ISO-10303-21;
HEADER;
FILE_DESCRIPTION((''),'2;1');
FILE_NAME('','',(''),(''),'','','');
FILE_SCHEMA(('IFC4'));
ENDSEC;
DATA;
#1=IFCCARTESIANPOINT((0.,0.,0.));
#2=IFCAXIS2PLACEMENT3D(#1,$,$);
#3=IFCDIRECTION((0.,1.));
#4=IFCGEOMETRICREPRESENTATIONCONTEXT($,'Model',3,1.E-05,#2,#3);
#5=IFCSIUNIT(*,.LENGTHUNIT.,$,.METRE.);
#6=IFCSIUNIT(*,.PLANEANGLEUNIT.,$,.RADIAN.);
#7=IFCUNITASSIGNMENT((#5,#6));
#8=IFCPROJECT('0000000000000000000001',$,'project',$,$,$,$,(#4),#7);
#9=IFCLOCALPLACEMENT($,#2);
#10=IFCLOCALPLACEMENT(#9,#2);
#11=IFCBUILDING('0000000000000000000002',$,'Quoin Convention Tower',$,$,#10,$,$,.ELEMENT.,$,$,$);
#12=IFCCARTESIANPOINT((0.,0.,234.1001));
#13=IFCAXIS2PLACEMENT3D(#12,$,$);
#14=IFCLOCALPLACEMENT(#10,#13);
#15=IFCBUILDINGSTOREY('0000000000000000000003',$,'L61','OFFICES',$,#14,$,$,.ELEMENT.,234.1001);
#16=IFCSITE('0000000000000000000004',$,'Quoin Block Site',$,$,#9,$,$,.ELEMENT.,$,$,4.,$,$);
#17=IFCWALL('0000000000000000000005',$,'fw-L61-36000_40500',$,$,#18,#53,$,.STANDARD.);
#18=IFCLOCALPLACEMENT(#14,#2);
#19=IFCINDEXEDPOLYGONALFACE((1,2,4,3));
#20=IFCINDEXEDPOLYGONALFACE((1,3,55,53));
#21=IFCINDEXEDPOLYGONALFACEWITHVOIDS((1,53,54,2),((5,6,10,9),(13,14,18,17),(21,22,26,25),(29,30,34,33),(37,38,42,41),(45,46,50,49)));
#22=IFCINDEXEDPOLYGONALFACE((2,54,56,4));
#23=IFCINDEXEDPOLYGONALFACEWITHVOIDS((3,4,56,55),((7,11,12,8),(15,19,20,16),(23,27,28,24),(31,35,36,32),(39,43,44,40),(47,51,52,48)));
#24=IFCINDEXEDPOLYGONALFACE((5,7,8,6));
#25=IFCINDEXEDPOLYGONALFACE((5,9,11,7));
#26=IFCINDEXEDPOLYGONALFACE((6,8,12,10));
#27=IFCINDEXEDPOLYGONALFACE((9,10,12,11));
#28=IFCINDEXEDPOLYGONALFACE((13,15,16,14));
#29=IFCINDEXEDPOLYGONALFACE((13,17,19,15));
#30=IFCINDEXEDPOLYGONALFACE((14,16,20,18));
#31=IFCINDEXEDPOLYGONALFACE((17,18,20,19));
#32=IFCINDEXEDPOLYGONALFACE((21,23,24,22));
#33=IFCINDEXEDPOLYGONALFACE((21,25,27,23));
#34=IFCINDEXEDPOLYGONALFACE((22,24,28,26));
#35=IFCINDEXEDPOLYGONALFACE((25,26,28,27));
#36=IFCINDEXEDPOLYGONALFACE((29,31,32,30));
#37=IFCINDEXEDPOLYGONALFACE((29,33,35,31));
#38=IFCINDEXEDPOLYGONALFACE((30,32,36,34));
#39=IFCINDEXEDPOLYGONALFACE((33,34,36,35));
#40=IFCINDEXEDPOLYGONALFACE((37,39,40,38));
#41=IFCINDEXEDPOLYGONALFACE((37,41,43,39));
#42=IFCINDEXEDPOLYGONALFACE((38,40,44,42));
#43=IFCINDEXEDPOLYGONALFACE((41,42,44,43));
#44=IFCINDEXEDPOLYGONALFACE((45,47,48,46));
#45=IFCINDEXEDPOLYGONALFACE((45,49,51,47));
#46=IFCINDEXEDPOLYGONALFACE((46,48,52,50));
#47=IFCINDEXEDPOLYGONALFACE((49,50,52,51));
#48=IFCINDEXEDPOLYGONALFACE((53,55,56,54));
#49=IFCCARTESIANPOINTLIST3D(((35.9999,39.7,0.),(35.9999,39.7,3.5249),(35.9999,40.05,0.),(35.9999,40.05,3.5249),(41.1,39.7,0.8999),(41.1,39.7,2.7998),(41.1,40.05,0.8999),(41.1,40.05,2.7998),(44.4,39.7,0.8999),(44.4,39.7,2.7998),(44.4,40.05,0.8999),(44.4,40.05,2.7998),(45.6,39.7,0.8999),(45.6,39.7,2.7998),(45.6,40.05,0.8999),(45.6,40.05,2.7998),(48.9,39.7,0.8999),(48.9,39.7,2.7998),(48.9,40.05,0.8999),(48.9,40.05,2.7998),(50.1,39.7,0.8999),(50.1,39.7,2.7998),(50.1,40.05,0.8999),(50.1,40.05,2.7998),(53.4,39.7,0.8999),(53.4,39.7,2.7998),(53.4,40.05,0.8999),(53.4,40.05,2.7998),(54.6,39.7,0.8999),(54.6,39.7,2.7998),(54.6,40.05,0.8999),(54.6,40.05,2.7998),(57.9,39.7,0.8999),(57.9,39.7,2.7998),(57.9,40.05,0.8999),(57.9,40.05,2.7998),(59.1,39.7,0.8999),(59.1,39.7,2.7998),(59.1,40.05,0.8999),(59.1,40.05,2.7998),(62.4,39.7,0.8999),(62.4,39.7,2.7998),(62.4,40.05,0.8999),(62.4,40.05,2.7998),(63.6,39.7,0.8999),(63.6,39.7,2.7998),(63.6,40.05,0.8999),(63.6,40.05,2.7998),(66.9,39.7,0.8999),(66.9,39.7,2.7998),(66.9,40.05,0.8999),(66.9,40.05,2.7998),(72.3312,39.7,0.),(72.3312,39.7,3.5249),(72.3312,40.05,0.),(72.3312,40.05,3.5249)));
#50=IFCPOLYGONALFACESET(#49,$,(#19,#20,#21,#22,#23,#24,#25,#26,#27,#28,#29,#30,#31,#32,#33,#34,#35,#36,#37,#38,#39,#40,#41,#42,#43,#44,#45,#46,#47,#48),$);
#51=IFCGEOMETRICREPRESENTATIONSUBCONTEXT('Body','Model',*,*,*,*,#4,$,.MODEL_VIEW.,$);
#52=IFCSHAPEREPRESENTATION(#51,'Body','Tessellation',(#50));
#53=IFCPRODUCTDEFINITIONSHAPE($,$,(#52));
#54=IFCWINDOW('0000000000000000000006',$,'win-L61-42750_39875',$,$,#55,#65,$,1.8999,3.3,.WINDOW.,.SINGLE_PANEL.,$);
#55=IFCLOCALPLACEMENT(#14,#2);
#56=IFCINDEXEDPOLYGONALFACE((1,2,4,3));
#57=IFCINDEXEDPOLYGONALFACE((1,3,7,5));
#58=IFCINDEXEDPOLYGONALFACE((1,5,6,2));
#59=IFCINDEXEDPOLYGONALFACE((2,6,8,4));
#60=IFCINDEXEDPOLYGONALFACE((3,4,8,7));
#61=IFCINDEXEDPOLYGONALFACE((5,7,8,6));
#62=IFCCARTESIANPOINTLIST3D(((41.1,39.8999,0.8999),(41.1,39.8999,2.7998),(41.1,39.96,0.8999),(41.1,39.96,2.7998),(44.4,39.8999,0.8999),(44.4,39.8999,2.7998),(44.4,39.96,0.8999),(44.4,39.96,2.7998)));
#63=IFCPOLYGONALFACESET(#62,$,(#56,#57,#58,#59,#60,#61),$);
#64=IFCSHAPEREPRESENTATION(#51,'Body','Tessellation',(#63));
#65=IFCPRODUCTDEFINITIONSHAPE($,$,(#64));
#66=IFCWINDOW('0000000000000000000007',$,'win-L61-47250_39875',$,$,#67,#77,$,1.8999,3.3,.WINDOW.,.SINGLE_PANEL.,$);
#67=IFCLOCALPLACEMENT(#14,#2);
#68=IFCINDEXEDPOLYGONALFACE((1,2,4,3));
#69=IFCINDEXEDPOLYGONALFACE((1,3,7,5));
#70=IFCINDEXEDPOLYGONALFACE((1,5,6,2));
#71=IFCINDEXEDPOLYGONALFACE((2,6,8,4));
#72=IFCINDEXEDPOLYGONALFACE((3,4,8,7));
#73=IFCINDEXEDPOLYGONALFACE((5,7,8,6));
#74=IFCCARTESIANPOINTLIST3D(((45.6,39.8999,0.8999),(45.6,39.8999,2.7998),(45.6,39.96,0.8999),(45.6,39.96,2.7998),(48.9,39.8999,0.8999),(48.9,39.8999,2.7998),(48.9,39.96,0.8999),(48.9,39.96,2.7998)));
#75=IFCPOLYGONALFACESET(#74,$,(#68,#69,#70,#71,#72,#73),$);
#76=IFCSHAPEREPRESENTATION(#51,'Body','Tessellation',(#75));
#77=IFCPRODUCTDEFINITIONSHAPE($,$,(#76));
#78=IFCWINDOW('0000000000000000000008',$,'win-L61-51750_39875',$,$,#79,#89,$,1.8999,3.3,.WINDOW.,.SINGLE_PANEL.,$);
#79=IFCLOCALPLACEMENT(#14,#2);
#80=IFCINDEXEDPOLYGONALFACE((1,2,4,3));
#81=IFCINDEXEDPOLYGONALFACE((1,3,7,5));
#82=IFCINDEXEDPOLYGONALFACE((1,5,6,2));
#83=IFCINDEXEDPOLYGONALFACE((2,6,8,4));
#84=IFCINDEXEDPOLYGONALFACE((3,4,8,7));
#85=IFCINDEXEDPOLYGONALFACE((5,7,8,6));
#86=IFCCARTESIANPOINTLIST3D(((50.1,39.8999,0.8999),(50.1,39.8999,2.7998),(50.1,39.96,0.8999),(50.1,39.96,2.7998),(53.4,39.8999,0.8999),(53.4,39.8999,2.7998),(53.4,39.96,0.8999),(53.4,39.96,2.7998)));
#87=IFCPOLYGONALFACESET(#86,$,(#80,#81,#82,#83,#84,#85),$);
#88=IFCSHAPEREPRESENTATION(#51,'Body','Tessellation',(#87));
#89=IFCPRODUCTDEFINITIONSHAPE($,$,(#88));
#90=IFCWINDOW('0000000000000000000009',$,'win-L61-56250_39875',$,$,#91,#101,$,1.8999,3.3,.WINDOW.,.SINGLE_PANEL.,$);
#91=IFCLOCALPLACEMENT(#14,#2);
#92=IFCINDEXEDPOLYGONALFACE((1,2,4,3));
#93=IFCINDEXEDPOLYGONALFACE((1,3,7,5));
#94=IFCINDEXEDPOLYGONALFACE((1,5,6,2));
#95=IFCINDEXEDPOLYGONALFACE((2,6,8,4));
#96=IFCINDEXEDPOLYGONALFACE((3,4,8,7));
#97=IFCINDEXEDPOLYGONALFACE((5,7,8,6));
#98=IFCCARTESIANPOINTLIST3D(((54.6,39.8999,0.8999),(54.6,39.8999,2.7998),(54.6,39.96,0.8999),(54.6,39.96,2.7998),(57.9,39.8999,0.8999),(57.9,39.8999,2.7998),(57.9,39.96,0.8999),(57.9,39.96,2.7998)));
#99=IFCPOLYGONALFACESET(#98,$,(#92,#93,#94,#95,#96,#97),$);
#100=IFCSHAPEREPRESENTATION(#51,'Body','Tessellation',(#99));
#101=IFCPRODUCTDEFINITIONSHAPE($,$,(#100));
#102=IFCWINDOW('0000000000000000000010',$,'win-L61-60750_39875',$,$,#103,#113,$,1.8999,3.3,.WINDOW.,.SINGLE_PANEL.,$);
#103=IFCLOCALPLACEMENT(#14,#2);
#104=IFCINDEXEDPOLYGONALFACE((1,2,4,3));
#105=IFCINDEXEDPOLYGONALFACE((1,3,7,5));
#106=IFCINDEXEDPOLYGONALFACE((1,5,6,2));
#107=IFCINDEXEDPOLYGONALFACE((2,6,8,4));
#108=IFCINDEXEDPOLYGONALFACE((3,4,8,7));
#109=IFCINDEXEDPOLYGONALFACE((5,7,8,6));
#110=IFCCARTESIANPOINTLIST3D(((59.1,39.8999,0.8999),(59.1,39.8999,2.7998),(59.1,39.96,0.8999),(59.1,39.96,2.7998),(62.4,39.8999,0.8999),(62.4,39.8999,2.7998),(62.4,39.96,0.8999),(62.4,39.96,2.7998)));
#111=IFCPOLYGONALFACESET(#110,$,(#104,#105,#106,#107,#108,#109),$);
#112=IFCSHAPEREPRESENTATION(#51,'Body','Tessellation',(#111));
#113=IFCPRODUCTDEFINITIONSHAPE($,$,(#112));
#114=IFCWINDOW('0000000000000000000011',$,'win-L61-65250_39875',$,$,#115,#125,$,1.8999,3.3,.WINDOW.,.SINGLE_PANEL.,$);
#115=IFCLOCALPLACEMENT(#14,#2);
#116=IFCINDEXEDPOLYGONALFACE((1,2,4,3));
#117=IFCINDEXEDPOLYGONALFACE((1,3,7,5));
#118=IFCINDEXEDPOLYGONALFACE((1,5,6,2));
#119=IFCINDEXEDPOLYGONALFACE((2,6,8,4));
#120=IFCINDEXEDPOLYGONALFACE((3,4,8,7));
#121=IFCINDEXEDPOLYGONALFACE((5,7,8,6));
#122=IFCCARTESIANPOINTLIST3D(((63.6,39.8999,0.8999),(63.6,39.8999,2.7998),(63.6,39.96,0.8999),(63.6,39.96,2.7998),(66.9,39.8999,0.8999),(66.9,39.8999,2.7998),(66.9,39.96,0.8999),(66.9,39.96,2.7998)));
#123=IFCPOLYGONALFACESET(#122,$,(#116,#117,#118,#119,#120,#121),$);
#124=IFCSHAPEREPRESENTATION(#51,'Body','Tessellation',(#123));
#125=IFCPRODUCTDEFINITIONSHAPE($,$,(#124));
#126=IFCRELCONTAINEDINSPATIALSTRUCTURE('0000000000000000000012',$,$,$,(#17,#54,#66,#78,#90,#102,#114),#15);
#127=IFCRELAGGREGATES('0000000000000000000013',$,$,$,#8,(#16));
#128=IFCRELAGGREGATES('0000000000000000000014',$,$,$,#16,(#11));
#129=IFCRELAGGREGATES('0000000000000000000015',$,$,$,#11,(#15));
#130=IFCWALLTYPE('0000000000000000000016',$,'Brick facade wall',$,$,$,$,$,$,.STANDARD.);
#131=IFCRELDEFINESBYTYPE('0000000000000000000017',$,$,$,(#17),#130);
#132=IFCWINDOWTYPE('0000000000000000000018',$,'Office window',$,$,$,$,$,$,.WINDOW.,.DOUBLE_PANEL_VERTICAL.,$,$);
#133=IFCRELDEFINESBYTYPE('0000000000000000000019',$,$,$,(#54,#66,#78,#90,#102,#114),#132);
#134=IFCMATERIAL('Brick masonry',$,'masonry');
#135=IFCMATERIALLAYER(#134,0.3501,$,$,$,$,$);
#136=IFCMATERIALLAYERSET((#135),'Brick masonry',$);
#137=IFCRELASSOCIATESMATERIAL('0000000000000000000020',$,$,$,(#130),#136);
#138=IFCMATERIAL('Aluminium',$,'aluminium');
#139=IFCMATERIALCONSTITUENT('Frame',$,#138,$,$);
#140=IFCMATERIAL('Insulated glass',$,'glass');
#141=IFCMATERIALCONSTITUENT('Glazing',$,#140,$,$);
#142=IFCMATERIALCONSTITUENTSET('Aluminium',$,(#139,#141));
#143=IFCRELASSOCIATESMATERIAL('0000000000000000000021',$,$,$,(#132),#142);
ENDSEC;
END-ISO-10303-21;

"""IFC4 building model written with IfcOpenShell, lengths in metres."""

from ifc_helpers import new_model, si_unit, direction, frame, frame_2d, origin, place, context, subcontext, project, spatial, rectangle, extrude, material, layer, layer_set, constituent, constituent_set, type_object, element, fill, save


model = new_model("IFC4")

# Units and contexts
model_context = context("Model", 3, precision=1e-05, world=origin(), true_north=direction((0.0, 1.0)))
body_context = subcontext(model_context, "Body", "Model", "MODEL_VIEW")
ifc_project = project(units=[si_unit("LENGTHUNIT", "METRE"), si_unit("PLANEANGLEUNIT", "RADIAN")], contexts=[model_context])

# Site, building, storey
site_placement = place(None, origin())
site = spatial("IfcSite", under=ifc_project, at=site_placement, Name="Quoin Block Site", CompositionType="ELEMENT", RefElevation=4.0)
building_placement = place(site_placement, origin())
building = spatial("IfcBuilding", under=site, at=building_placement, Name="Quoin Convention Tower", CompositionType="ELEMENT")
storey_placement = place(building_placement, frame((0.0, 0.0, 234.1001)))
storey = spatial("IfcBuildingStorey", under=building, at=storey_placement, Name="L61", Description="OFFICES", CompositionType="ELEMENT", Elevation=234.1001)

# Wall, openings, windows
ifc_material_1 = material(Name="Brick masonry", Category="masonry")
ifc_layer_1 = layer(ifc_material_1, 0.3501)
ifc_layer_set_1 = layer_set([ifc_layer_1], Name="Brick masonry")
wall_type = type_object("IfcWallType", Name="Brick facade wall", PredefinedType="STANDARD", material=ifc_layer_set_1)
wall_1_placement = place(storey_placement, frame((36.0, 39.875, 0.0), z_axis=(0.0, 0.0, 1.0), x_axis=(1.0, 0.0, 0.0)))
wall_1 = element("IfcWall", 1, at=wall_1_placement, inside=storey, type_object=wall_type, Name="fw-L61-36000_40500", PredefinedType="STANDARD", context=body_context, shape_type="SweptSolid", body=[
    extrude(rectangle(XDim=36.3313, YDim=0.3501, at=frame_2d((18.1655, 0.0))), origin(), (0.0, 0.0, 1.0), 3.5249),
])
opening_1_placement = place(wall_1_placement, frame((5.1001, 0.0, 0.8999)))
opening_1 = element("IfcOpeningElement", 2, at=opening_1_placement, cuts=wall_1, PredefinedType="OPENING", context=body_context, shape_type="SweptSolid", body=[
    extrude(rectangle(XDim=3.3, YDim=1.8999, at=frame_2d((1.6499, 0.95))), frame((0.0, 0.1851, 0.0), z_axis=(0.0, -1.0, 0.0), x_axis=(1.0, 0.0, 0.0)), (0.0, 0.0, 1.0), 0.3701),
])
opening_2_placement = place(wall_1_placement, frame((9.6001, 0.0, 0.8999)))
opening_2 = element("IfcOpeningElement", 3, at=opening_2_placement, cuts=wall_1, PredefinedType="OPENING", context=body_context, shape_type="SweptSolid", body=[
    extrude(rectangle(XDim=3.3, YDim=1.8999, at=frame_2d((1.6499, 0.95))), frame((0.0, 0.1851, 0.0), z_axis=(0.0, -1.0, 0.0), x_axis=(1.0, 0.0, 0.0)), (0.0, 0.0, 1.0), 0.3701),
])
opening_3_placement = place(wall_1_placement, frame((14.1001, 0.0, 0.8999)))
opening_3 = element("IfcOpeningElement", 4, at=opening_3_placement, cuts=wall_1, PredefinedType="OPENING", context=body_context, shape_type="SweptSolid", body=[
    extrude(rectangle(XDim=3.3, YDim=1.8999, at=frame_2d((1.6499, 0.95))), frame((0.0, 0.1851, 0.0), z_axis=(0.0, -1.0, 0.0), x_axis=(1.0, 0.0, 0.0)), (0.0, 0.0, 1.0), 0.3701),
])
opening_4_placement = place(wall_1_placement, frame((18.6001, 0.0, 0.8999)))
opening_4 = element("IfcOpeningElement", 5, at=opening_4_placement, cuts=wall_1, PredefinedType="OPENING", context=body_context, shape_type="SweptSolid", body=[
    extrude(rectangle(XDim=3.3, YDim=1.8999, at=frame_2d((1.6499, 0.95))), frame((0.0, 0.1851, 0.0), z_axis=(0.0, -1.0, 0.0), x_axis=(1.0, 0.0, 0.0)), (0.0, 0.0, 1.0), 0.3701),
])
opening_5_placement = place(wall_1_placement, frame((23.1001, 0.0, 0.8999)))
opening_5 = element("IfcOpeningElement", 6, at=opening_5_placement, cuts=wall_1, PredefinedType="OPENING", context=body_context, shape_type="SweptSolid", body=[
    extrude(rectangle(XDim=3.3, YDim=1.8999, at=frame_2d((1.6499, 0.95))), frame((0.0, 0.1851, 0.0), z_axis=(0.0, -1.0, 0.0), x_axis=(1.0, 0.0, 0.0)), (0.0, 0.0, 1.0), 0.3701),
])
opening_6_placement = place(wall_1_placement, frame((27.6001, 0.0, 0.8999)))
opening_6 = element("IfcOpeningElement", 7, at=opening_6_placement, cuts=wall_1, PredefinedType="OPENING", context=body_context, shape_type="SweptSolid", body=[
    extrude(rectangle(XDim=3.3, YDim=1.8999, at=frame_2d((1.6499, 0.95))), frame((0.0, 0.1851, 0.0), z_axis=(0.0, -1.0, 0.0), x_axis=(1.0, 0.0, 0.0)), (0.0, 0.0, 1.0), 0.3701),
])
ifc_material_2 = material(Name="Aluminium", Category="aluminium")
ifc_constituent_1 = constituent(ifc_material_2, Name="Frame")
ifc_material_3 = material(Name="Insulated glass", Category="glass")
ifc_constituent_2 = constituent(ifc_material_3, Name="Glazing")
ifc_constituent_set = constituent_set(constituents=[ifc_constituent_1, ifc_constituent_2], Name="Aluminium")
window_type = type_object("IfcWindowType", Name="Office window", PartitioningType="DOUBLE_PANEL_VERTICAL", PredefinedType="WINDOW", material=ifc_constituent_set)
window_1_placement = place(opening_1_placement, origin())
window_1 = element("IfcWindow", 8, at=window_1_placement, inside=storey, type_object=window_type, Name="win-L61-42750_39875", OverallHeight=1.8999, OverallWidth=3.3, PartitioningType="SINGLE_PANEL", PredefinedType="WINDOW", context=body_context, shape_type="SweptSolid", body=[
    extrude(rectangle(XDim=3.3, YDim=1.8999, at=frame_2d((1.6499, 0.95))), frame((0.0, 0.085, 0.0), z_axis=(0.0, -1.0, 0.0), x_axis=(1.0, 0.0, 0.0)), (0.0, 0.0, 1.0), 0.0601),
])
fill(opening_1, window_1)
window_2_placement = place(opening_2_placement, origin())
window_2 = element("IfcWindow", 9, at=window_2_placement, inside=storey, type_object=window_type, Name="win-L61-47250_39875", OverallHeight=1.8999, OverallWidth=3.3, PartitioningType="SINGLE_PANEL", PredefinedType="WINDOW", context=body_context, shape_type="SweptSolid", body=[
    extrude(rectangle(XDim=3.3, YDim=1.8999, at=frame_2d((1.6499, 0.95))), frame((0.0, 0.085, 0.0), z_axis=(0.0, -1.0, 0.0), x_axis=(1.0, 0.0, 0.0)), (0.0, 0.0, 1.0), 0.0601),
])
fill(opening_2, window_2)
window_3_placement = place(opening_3_placement, origin())
window_3 = element("IfcWindow", 10, at=window_3_placement, inside=storey, type_object=window_type, Name="win-L61-51750_39875", OverallHeight=1.8999, OverallWidth=3.3, PartitioningType="SINGLE_PANEL", PredefinedType="WINDOW", context=body_context, shape_type="SweptSolid", body=[
    extrude(rectangle(XDim=3.3, YDim=1.8999, at=frame_2d((1.6499, 0.95))), frame((0.0, 0.085, 0.0), z_axis=(0.0, -1.0, 0.0), x_axis=(1.0, 0.0, 0.0)), (0.0, 0.0, 1.0), 0.0601),
])
fill(opening_3, window_3)
window_4_placement = place(opening_4_placement, origin())
window_4 = element("IfcWindow", 11, at=window_4_placement, inside=storey, type_object=window_type, Name="win-L61-56250_39875", OverallHeight=1.8999, OverallWidth=3.3, PartitioningType="SINGLE_PANEL", PredefinedType="WINDOW", context=body_context, shape_type="SweptSolid", body=[
    extrude(rectangle(XDim=3.3, YDim=1.8999, at=frame_2d((1.6499, 0.95))), frame((0.0, 0.085, 0.0), z_axis=(0.0, -1.0, 0.0), x_axis=(1.0, 0.0, 0.0)), (0.0, 0.0, 1.0), 0.0601),
])
fill(opening_4, window_4)
window_5_placement = place(opening_5_placement, origin())
window_5 = element("IfcWindow", 12, at=window_5_placement, inside=storey, type_object=window_type, Name="win-L61-60750_39875", OverallHeight=1.8999, OverallWidth=3.3, PartitioningType="SINGLE_PANEL", PredefinedType="WINDOW", context=body_context, shape_type="SweptSolid", body=[
    extrude(rectangle(XDim=3.3, YDim=1.8999, at=frame_2d((1.6499, 0.95))), frame((0.0, 0.085, 0.0), z_axis=(0.0, -1.0, 0.0), x_axis=(1.0, 0.0, 0.0)), (0.0, 0.0, 1.0), 0.0601),
])
fill(opening_5, window_5)
window_6_placement = place(opening_6_placement, origin())
window_6 = element("IfcWindow", 13, at=window_6_placement, inside=storey, type_object=window_type, Name="win-L61-65250_39875", OverallHeight=1.8999, OverallWidth=3.3, PartitioningType="SINGLE_PANEL", PredefinedType="WINDOW", context=body_context, shape_type="SweptSolid", body=[
    extrude(rectangle(XDim=3.3, YDim=1.8999, at=frame_2d((1.6499, 0.95))), frame((0.0, 0.085, 0.0), z_axis=(0.0, -1.0, 0.0), x_axis=(1.0, 0.0, 0.0)), (0.0, 0.0, 1.0), 0.0601),
])
fill(opening_6, window_6)

save(model, "model.ifc")
